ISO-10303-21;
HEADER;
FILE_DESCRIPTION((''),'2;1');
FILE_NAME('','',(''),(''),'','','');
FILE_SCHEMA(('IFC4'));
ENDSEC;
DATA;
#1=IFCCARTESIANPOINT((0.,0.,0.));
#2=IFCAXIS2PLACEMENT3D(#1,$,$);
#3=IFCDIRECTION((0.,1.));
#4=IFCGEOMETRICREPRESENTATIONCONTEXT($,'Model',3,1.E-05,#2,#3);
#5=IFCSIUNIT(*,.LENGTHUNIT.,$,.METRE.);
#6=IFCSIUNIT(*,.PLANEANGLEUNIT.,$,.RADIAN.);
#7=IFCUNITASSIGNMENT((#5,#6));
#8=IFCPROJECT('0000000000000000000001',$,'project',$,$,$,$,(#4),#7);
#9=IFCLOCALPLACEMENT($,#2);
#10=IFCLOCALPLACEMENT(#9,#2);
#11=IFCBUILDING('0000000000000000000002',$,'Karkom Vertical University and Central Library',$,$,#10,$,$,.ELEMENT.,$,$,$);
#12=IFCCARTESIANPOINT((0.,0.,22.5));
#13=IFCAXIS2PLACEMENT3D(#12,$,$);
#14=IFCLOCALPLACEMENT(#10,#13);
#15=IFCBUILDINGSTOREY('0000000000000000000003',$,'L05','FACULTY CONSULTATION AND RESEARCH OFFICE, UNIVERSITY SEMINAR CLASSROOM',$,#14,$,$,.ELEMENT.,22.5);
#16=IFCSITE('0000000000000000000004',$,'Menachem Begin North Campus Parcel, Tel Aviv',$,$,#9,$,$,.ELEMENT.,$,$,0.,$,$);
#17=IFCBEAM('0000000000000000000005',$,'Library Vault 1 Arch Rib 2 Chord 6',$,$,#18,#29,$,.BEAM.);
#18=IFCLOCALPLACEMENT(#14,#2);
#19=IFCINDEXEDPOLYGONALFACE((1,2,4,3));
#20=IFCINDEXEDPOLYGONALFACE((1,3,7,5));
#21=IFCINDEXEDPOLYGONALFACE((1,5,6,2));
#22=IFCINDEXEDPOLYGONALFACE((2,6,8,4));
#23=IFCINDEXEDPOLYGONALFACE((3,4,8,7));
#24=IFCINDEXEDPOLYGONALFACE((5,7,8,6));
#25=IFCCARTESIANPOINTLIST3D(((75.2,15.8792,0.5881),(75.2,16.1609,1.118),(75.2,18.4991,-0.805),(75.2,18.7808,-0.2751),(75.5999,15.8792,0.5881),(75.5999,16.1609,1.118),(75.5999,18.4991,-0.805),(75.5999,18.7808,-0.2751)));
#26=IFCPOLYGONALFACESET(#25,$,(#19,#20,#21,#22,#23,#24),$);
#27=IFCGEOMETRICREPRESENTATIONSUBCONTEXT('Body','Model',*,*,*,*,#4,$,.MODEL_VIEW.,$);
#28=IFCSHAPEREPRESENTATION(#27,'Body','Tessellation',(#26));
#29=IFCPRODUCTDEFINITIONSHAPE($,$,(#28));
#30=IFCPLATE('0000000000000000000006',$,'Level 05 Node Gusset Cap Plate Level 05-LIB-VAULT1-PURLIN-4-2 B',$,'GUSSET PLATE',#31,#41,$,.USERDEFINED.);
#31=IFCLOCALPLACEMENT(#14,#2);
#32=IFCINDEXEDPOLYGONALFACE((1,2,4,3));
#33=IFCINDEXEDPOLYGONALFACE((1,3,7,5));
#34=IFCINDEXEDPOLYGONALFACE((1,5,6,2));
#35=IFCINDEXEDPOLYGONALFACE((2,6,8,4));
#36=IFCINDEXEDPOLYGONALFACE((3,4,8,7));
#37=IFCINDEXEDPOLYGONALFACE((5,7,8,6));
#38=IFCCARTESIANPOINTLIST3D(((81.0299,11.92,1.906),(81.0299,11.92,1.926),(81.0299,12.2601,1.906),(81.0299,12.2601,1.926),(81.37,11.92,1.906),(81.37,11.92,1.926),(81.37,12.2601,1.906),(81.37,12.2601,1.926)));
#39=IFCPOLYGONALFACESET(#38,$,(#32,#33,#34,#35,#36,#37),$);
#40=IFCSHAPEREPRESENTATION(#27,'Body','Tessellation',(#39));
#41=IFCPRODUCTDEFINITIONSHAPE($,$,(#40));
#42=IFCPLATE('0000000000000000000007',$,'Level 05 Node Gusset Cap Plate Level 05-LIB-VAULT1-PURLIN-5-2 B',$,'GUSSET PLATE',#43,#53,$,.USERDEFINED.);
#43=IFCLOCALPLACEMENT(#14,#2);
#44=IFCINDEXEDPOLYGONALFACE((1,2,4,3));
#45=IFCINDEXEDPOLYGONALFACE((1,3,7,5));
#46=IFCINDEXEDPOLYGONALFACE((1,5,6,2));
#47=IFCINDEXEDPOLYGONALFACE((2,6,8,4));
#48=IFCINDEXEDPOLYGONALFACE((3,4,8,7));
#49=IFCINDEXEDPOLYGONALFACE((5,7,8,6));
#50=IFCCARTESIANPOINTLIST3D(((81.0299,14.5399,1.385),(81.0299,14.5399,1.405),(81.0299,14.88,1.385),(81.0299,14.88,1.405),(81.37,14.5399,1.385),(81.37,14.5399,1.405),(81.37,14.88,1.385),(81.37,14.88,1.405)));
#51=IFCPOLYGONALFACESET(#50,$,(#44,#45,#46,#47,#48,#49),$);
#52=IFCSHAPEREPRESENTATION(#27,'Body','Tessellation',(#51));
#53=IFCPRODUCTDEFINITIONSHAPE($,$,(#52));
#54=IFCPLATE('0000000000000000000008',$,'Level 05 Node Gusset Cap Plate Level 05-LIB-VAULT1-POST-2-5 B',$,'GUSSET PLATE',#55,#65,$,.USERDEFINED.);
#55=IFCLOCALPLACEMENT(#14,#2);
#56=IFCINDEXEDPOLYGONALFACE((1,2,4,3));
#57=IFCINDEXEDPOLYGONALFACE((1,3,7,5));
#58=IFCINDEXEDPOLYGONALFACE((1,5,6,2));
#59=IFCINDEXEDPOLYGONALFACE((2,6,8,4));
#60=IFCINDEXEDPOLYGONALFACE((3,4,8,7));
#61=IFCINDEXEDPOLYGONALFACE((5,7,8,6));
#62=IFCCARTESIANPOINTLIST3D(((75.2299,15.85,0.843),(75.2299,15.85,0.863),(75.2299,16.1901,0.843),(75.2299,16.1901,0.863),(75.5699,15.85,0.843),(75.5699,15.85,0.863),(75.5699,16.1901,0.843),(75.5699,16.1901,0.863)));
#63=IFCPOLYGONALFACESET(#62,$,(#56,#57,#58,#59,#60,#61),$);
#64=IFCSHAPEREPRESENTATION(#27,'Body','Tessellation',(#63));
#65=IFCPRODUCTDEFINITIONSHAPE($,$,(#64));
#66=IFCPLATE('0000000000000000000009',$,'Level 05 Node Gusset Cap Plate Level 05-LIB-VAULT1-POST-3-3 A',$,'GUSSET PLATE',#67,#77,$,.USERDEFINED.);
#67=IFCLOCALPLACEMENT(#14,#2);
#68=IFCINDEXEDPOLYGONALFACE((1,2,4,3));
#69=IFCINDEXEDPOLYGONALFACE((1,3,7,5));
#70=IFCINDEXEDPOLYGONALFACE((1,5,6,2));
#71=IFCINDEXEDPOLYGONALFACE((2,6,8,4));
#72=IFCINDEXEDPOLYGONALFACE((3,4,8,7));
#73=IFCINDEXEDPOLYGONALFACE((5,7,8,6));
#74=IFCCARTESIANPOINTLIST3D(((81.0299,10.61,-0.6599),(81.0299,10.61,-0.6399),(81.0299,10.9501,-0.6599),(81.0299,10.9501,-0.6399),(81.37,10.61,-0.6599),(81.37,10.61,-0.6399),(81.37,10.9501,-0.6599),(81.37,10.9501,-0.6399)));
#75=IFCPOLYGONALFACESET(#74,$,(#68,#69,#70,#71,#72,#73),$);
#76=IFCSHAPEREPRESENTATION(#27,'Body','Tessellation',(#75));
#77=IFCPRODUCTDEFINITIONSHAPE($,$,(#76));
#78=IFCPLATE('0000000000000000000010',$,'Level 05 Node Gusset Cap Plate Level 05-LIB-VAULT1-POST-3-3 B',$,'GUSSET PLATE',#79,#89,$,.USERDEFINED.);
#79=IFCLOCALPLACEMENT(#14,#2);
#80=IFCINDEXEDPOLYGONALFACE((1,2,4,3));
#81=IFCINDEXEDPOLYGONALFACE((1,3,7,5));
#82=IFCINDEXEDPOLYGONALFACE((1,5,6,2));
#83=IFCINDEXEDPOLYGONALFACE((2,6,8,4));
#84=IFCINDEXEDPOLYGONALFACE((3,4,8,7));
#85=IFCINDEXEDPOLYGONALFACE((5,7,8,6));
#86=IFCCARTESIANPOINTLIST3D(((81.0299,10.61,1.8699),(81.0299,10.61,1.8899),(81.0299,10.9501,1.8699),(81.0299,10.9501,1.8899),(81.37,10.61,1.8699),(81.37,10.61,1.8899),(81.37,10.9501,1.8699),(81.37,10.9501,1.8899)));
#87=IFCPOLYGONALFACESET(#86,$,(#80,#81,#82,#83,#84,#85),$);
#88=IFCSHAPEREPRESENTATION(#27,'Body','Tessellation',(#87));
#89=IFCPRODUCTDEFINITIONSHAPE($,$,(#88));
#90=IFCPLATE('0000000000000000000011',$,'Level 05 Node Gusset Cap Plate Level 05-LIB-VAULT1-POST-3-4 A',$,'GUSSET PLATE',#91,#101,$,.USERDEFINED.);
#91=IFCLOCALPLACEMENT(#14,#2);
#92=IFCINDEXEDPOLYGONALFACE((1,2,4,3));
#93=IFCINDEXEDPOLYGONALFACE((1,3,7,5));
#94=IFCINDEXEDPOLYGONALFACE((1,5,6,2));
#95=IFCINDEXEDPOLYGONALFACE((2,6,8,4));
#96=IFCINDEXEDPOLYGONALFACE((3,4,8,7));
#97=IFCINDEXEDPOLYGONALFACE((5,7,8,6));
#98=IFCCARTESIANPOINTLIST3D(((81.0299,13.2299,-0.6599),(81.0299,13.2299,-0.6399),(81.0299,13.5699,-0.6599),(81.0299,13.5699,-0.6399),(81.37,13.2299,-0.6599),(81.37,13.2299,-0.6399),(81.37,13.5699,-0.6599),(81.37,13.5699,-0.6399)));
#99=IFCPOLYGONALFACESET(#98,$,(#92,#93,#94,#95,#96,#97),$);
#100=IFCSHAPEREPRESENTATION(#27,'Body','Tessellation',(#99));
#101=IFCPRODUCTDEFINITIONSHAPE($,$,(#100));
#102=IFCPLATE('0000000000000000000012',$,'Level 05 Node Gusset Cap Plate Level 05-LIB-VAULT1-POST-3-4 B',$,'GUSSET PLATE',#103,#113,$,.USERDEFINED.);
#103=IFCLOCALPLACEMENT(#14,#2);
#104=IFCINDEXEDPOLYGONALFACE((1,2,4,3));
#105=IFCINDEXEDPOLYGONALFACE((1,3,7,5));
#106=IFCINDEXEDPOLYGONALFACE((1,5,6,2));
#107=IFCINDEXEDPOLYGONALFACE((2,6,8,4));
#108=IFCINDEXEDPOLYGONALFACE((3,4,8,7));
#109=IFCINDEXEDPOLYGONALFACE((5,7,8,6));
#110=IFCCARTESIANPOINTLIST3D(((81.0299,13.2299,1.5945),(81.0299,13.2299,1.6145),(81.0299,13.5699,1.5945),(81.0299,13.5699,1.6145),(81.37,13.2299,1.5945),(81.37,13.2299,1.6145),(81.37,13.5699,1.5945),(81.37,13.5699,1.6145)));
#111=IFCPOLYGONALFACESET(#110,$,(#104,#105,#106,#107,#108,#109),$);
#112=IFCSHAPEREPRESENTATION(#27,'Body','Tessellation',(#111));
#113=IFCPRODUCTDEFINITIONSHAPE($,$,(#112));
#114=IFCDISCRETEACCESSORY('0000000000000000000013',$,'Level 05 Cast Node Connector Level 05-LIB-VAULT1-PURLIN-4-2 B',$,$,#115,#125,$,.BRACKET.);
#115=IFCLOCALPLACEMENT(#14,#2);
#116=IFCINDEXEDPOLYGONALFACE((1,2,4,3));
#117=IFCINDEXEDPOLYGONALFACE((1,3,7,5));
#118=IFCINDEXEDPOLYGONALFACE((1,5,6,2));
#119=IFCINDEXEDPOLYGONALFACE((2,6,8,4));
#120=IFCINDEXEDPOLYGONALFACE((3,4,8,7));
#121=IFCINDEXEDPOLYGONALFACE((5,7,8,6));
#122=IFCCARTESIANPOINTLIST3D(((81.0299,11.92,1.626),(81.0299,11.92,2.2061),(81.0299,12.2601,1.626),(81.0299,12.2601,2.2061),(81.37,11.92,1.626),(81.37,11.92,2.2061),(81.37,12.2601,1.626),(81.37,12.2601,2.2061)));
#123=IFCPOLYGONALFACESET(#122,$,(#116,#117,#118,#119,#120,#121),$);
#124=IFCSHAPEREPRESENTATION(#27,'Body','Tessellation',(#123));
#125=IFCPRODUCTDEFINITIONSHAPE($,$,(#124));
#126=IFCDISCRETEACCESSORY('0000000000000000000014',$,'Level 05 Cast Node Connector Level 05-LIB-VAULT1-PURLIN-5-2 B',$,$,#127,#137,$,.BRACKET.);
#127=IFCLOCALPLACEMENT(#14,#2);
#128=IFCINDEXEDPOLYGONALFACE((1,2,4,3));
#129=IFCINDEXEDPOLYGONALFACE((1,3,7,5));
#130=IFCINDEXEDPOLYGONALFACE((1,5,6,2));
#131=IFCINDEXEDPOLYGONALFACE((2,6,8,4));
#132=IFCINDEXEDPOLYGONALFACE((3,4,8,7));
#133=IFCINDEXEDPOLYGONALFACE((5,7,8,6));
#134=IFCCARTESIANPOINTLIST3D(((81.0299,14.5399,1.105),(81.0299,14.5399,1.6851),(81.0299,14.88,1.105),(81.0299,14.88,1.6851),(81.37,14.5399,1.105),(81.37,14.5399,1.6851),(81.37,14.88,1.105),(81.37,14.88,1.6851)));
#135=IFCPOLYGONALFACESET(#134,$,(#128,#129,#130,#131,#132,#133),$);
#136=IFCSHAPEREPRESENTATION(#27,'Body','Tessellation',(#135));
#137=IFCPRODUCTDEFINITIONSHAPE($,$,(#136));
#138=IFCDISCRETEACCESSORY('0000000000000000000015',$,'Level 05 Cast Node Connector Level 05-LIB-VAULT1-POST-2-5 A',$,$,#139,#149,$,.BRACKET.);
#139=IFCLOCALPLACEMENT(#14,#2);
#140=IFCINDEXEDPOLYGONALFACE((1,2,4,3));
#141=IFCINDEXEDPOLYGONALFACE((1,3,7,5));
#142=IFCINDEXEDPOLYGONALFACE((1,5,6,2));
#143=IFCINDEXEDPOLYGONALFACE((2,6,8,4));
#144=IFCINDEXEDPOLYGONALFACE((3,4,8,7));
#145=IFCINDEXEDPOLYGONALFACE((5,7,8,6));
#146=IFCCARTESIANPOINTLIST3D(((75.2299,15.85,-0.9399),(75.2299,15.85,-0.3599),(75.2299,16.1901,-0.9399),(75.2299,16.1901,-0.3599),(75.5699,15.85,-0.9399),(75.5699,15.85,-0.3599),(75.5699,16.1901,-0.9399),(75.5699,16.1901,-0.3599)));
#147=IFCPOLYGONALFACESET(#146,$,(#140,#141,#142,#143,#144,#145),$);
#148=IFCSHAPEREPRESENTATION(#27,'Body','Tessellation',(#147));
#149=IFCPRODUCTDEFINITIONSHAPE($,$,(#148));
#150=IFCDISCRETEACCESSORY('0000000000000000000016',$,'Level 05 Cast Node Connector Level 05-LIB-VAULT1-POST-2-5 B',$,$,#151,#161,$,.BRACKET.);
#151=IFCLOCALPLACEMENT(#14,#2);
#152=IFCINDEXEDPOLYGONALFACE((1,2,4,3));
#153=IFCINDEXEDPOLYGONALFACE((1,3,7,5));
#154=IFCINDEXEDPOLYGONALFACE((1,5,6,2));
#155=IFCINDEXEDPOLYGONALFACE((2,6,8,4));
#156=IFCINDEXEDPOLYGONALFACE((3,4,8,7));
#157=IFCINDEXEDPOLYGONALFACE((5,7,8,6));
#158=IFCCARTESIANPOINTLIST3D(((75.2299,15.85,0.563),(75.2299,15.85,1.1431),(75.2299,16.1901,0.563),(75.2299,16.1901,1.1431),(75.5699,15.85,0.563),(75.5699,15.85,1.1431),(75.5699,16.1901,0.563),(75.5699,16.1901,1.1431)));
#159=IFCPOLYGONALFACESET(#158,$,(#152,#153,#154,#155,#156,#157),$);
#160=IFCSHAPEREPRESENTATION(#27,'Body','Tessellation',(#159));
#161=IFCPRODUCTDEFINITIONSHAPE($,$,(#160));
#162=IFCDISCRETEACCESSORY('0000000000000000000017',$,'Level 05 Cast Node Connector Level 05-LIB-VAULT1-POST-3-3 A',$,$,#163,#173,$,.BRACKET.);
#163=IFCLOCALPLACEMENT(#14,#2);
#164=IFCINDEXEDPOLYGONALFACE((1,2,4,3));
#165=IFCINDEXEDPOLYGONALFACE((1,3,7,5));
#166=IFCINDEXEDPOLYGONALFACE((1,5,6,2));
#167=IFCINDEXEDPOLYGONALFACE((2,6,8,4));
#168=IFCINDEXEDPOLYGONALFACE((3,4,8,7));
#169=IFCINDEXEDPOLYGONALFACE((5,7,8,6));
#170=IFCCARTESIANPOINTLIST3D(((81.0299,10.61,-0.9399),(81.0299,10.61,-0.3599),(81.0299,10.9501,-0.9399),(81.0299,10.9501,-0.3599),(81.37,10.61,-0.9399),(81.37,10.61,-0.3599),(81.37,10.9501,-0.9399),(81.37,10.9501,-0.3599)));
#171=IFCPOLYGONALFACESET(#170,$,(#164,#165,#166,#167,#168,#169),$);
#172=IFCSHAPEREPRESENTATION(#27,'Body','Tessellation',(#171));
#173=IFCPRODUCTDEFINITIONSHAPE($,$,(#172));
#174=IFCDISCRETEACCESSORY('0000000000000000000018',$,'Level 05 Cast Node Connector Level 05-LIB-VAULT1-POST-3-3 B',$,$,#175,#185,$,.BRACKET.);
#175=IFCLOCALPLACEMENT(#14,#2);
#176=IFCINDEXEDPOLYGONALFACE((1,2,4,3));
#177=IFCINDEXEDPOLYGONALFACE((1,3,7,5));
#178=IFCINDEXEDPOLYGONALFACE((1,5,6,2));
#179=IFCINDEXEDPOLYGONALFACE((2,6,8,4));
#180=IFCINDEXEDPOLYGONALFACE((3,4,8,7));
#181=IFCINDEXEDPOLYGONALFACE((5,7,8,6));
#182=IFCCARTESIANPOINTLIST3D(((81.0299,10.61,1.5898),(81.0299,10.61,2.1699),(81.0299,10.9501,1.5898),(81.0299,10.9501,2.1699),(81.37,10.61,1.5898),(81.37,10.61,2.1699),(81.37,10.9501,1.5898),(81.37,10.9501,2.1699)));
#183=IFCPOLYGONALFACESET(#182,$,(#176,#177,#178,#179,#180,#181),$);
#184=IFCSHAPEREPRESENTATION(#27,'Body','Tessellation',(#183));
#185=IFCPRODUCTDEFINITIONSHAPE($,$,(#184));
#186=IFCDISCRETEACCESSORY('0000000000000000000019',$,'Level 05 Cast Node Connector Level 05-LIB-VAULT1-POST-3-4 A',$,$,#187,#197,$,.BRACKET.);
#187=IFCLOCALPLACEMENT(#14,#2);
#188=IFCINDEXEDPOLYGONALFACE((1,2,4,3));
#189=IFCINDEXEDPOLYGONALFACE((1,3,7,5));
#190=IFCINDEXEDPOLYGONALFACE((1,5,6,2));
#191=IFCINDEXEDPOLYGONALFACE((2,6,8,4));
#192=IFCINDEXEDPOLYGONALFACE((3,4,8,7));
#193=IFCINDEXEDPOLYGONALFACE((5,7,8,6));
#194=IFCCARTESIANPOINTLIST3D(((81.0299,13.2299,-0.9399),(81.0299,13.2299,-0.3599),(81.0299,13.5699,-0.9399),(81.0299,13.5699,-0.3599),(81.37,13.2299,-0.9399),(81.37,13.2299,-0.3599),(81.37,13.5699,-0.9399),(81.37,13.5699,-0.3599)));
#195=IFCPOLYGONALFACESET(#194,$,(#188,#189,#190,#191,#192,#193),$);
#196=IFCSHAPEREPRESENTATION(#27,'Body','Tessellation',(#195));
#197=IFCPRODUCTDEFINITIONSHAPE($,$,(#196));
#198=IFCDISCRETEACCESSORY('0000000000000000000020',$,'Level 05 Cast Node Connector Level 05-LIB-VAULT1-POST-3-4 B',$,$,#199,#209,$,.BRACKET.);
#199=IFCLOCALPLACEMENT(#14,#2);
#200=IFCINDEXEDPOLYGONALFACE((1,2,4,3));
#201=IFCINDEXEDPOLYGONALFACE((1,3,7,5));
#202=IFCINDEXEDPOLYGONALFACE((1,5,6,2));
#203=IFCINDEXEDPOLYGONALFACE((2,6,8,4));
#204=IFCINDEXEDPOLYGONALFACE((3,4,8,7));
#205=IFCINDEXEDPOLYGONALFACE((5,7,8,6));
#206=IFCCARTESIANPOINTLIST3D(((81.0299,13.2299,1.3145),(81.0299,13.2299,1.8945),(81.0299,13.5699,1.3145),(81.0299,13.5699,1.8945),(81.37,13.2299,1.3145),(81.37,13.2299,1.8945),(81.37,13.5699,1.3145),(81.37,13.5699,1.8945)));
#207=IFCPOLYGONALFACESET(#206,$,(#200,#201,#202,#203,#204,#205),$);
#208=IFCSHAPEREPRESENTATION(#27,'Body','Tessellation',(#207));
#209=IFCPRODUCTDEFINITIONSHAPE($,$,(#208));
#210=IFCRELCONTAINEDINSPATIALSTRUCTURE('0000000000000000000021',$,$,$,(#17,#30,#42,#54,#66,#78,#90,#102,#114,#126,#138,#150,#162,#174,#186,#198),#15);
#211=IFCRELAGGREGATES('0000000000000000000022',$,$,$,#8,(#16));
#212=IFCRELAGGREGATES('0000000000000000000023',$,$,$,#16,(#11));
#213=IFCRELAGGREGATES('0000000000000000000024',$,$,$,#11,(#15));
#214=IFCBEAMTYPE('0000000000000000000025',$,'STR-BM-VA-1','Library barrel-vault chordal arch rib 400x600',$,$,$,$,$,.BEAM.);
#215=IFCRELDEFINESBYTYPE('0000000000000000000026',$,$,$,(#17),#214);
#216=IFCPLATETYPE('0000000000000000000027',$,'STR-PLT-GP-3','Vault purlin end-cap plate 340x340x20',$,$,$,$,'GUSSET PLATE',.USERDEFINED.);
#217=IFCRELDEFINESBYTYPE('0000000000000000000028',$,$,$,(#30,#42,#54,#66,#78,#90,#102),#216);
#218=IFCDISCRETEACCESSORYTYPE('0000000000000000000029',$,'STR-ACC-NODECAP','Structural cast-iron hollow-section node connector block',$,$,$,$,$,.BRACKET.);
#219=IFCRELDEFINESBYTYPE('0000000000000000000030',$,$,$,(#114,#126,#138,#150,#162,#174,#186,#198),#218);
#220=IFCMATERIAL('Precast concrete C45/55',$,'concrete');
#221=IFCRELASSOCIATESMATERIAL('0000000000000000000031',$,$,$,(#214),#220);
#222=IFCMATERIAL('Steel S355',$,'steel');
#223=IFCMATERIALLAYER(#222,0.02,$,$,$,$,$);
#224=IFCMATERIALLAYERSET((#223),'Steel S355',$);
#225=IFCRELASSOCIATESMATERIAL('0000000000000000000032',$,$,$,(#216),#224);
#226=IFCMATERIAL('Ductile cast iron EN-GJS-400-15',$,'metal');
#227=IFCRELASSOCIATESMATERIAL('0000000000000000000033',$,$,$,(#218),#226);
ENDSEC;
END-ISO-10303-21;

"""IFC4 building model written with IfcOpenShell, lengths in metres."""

from ifc_helpers import new_model, si_unit, direction, frame, origin, origin_with_axes, origin_2d, place, context, subcontext, project, spatial, rectangle, extrude, source, transform, mapped, material, layer, layer_set, material_profile, profile_set, type_object, element, save


model = new_model("IFC4")

# Units and contexts
model_context = context("Model", 3, precision=1e-05, world=origin(), true_north=direction((0.0, 1.0)))
body_context = subcontext(model_context, "Body", "Model", "MODEL_VIEW")
ifc_project = project(units=[si_unit("LENGTHUNIT", "METRE"), si_unit("PLANEANGLEUNIT", "RADIAN")], contexts=[model_context])

# Site, building, storey
site_placement = place(None, origin())
site = spatial("IfcSite", under=ifc_project, at=site_placement, Name="Menachem Begin North Campus Parcel, Tel Aviv", CompositionType="ELEMENT", RefElevation=0.0)
building_placement = place(site_placement, origin())
building = spatial("IfcBuilding", under=site, at=building_placement, Name="Karkom Vertical University and Central Library", CompositionType="ELEMENT")
storey_placement = place(building_placement, frame((0.0, 0.0, 22.5)))
storey = spatial("IfcBuildingStorey", under=building, at=storey_placement, Name="L05", Description="FACULTY CONSULTATION AND RESEARCH OFFICE, UNIVERSITY SEMINAR CLASSROOM", CompositionType="ELEMENT", Elevation=22.5)

# Shared definitions
ifc_material_1 = material(Name="Steel S355", Category="steel")

# Beam
ifc_material_2 = material(Name="Precast concrete C45/55", Category="concrete")
ifc_material_profile_1 = material_profile(ifc_material_2, rectangle(XDim=0.3999, YDim=0.6001, at=origin_2d()), Name="RCB-400x600")
ifc_profile_set_1 = profile_set([ifc_material_profile_1], Name="Precast concrete C45/55")
beam_type = type_object("IfcBeamType", Name="STR-BM-VA-1", Description="Library barrel-vault chordal arch rib 400x600", PredefinedType="BEAM", material=ifc_profile_set_1)
shared_shape_1 = source(origin_with_axes(), body_context, "Body", "SweptSolid", [
    extrude(rectangle(XDim=0.3999, YDim=0.6001, at=origin_2d()), origin(), (0.0, 0.0, 1.0), 2.9673),
])
beam_1_placement = place(storey_placement, frame((75.3999, 16.02, 0.853), z_axis=(0.0, 0.88294, -0.469486), x_axis=(-1.0, 0.0, 0.0)))
element("IfcBeam", 1, at=beam_1_placement, inside=storey, type_object=beam_type, Name="Library Vault 1 Arch Rib 2 Chord 6", PredefinedType="BEAM", context=body_context, shape_type="MappedRepresentation", body=[
    mapped(shared_shape_1, transform((0.0, 0.0, 0.0), scale=1.0)),
])

# Plates
ifc_layer = layer(ifc_material_1, 0.02)
ifc_layer_set = layer_set([ifc_layer], Name="Steel S355")
plate_type = type_object("IfcPlateType", Name="STR-PLT-GP-3", Description="Vault purlin end-cap plate 340x340x20", ElementType="GUSSET PLATE", PredefinedType="USERDEFINED", material=ifc_layer_set)
shared_shape_2 = source(origin_with_axes(), body_context, "Body", "SweptSolid", [
    extrude(rectangle(XDim=0.3401, YDim=0.3401, at=origin_2d()), origin(), (0.0, 0.0, 1.0), 0.02),
])
for number, where, z_axis, x_axis, name in (
    (2, (81.2, 12.0901, 1.906), (0.0, 0.0, 1.0), (1.0, 0.0, 0.0), "Level 05 Node Gusset Cap Plate Level 05-LIB-VAULT1-PURLIN-4-2 B"),
    (3, (81.2, 14.71, 1.385), (0.0, 0.0, 1.0), (1.0, 0.0, 0.0), "Level 05 Node Gusset Cap Plate Level 05-LIB-VAULT1-PURLIN-5-2 B"),
    (4, (75.3999, 16.02, 0.843), (0.0, 0.0, 1.0), (1.0, 0.0, 0.0), "Level 05 Node Gusset Cap Plate Level 05-LIB-VAULT1-POST-2-5 B"),
    (5, (81.2, 10.78, -0.6599), (0.0, 0.0, 1.0), (1.0, 0.0, 0.0), "Level 05 Node Gusset Cap Plate Level 05-LIB-VAULT1-POST-3-3 A"),
    (6, (81.2, 10.78, 1.8699), (0.0, 0.0, 1.0), (1.0, 0.0, 0.0), "Level 05 Node Gusset Cap Plate Level 05-LIB-VAULT1-POST-3-3 B"),
    (7, (81.2, 13.3999, -0.6599), (0.0, 0.0, 1.0), (1.0, 0.0, 0.0), "Level 05 Node Gusset Cap Plate Level 05-LIB-VAULT1-POST-3-4 A"),
    (8, (81.2, 13.3999, 1.5945), (0.0, 0.0, 1.0), (1.0, 0.0, 0.0), "Level 05 Node Gusset Cap Plate Level 05-LIB-VAULT1-POST-3-4 B"),
):
    element("IfcPlate", number, at=place(storey_placement, frame(where, z_axis=z_axis, x_axis=x_axis)), inside=storey, type_object=plate_type, Name=name, ObjectType="GUSSET PLATE", PredefinedType="USERDEFINED", context=body_context, shape_type="MappedRepresentation", body=[
        mapped(shared_shape_2, transform((0.0, 0.0, 0.0), scale=1.0)),
    ])

# Discrete accessories
ifc_material_3 = material(Name="Ductile cast iron EN-GJS-400-15", Category="metal")
discrete_accessory_type = type_object("IfcDiscreteAccessoryType", Name="STR-ACC-NODECAP", Description="Structural cast-iron hollow-section node connector block", PredefinedType="BRACKET", material=ifc_material_3)
shared_shape_3 = source(origin_with_axes(), body_context, "Body", "SweptSolid", [
    extrude(rectangle(XDim=0.3401, YDim=0.3401, at=origin_2d()), origin(), (0.0, 0.0, 1.0), 0.5801),
])
for number, where, z_axis, x_axis, name in (
    (9, (81.2, 12.0901, 1.626), (0.0, 0.0, 1.0), (1.0, 0.0, 0.0), "Level 05 Cast Node Connector Level 05-LIB-VAULT1-PURLIN-4-2 B"),
    (10, (81.2, 14.71, 1.105), (0.0, 0.0, 1.0), (1.0, 0.0, 0.0), "Level 05 Cast Node Connector Level 05-LIB-VAULT1-PURLIN-5-2 B"),
    (11, (75.3999, 16.02, -0.9399), (0.0, 0.0, 1.0), (1.0, 0.0, 0.0), "Level 05 Cast Node Connector Level 05-LIB-VAULT1-POST-2-5 A"),
    (12, (75.3999, 16.02, 0.563), (0.0, 0.0, 1.0), (1.0, 0.0, 0.0), "Level 05 Cast Node Connector Level 05-LIB-VAULT1-POST-2-5 B"),
    (13, (81.2, 10.78, -0.9399), (0.0, 0.0, 1.0), (1.0, 0.0, 0.0), "Level 05 Cast Node Connector Level 05-LIB-VAULT1-POST-3-3 A"),
    (14, (81.2, 10.78, 1.5898), (0.0, 0.0, 1.0), (1.0, 0.0, 0.0), "Level 05 Cast Node Connector Level 05-LIB-VAULT1-POST-3-3 B"),
    (15, (81.2, 13.3999, -0.9399), (0.0, 0.0, 1.0), (1.0, 0.0, 0.0), "Level 05 Cast Node Connector Level 05-LIB-VAULT1-POST-3-4 A"),
    (16, (81.2, 13.3999, 1.3145), (0.0, 0.0, 1.0), (1.0, 0.0, 0.0), "Level 05 Cast Node Connector Level 05-LIB-VAULT1-POST-3-4 B"),
):
    element("IfcDiscreteAccessory", number, at=place(storey_placement, frame(where, z_axis=z_axis, x_axis=x_axis)), inside=storey, type_object=discrete_accessory_type, Name=name, PredefinedType="BRACKET", context=body_context, shape_type="MappedRepresentation", body=[
        mapped(shared_shape_3, transform((0.0, 0.0, 0.0), scale=1.0)),
    ])

save(model, "model.ifc")
